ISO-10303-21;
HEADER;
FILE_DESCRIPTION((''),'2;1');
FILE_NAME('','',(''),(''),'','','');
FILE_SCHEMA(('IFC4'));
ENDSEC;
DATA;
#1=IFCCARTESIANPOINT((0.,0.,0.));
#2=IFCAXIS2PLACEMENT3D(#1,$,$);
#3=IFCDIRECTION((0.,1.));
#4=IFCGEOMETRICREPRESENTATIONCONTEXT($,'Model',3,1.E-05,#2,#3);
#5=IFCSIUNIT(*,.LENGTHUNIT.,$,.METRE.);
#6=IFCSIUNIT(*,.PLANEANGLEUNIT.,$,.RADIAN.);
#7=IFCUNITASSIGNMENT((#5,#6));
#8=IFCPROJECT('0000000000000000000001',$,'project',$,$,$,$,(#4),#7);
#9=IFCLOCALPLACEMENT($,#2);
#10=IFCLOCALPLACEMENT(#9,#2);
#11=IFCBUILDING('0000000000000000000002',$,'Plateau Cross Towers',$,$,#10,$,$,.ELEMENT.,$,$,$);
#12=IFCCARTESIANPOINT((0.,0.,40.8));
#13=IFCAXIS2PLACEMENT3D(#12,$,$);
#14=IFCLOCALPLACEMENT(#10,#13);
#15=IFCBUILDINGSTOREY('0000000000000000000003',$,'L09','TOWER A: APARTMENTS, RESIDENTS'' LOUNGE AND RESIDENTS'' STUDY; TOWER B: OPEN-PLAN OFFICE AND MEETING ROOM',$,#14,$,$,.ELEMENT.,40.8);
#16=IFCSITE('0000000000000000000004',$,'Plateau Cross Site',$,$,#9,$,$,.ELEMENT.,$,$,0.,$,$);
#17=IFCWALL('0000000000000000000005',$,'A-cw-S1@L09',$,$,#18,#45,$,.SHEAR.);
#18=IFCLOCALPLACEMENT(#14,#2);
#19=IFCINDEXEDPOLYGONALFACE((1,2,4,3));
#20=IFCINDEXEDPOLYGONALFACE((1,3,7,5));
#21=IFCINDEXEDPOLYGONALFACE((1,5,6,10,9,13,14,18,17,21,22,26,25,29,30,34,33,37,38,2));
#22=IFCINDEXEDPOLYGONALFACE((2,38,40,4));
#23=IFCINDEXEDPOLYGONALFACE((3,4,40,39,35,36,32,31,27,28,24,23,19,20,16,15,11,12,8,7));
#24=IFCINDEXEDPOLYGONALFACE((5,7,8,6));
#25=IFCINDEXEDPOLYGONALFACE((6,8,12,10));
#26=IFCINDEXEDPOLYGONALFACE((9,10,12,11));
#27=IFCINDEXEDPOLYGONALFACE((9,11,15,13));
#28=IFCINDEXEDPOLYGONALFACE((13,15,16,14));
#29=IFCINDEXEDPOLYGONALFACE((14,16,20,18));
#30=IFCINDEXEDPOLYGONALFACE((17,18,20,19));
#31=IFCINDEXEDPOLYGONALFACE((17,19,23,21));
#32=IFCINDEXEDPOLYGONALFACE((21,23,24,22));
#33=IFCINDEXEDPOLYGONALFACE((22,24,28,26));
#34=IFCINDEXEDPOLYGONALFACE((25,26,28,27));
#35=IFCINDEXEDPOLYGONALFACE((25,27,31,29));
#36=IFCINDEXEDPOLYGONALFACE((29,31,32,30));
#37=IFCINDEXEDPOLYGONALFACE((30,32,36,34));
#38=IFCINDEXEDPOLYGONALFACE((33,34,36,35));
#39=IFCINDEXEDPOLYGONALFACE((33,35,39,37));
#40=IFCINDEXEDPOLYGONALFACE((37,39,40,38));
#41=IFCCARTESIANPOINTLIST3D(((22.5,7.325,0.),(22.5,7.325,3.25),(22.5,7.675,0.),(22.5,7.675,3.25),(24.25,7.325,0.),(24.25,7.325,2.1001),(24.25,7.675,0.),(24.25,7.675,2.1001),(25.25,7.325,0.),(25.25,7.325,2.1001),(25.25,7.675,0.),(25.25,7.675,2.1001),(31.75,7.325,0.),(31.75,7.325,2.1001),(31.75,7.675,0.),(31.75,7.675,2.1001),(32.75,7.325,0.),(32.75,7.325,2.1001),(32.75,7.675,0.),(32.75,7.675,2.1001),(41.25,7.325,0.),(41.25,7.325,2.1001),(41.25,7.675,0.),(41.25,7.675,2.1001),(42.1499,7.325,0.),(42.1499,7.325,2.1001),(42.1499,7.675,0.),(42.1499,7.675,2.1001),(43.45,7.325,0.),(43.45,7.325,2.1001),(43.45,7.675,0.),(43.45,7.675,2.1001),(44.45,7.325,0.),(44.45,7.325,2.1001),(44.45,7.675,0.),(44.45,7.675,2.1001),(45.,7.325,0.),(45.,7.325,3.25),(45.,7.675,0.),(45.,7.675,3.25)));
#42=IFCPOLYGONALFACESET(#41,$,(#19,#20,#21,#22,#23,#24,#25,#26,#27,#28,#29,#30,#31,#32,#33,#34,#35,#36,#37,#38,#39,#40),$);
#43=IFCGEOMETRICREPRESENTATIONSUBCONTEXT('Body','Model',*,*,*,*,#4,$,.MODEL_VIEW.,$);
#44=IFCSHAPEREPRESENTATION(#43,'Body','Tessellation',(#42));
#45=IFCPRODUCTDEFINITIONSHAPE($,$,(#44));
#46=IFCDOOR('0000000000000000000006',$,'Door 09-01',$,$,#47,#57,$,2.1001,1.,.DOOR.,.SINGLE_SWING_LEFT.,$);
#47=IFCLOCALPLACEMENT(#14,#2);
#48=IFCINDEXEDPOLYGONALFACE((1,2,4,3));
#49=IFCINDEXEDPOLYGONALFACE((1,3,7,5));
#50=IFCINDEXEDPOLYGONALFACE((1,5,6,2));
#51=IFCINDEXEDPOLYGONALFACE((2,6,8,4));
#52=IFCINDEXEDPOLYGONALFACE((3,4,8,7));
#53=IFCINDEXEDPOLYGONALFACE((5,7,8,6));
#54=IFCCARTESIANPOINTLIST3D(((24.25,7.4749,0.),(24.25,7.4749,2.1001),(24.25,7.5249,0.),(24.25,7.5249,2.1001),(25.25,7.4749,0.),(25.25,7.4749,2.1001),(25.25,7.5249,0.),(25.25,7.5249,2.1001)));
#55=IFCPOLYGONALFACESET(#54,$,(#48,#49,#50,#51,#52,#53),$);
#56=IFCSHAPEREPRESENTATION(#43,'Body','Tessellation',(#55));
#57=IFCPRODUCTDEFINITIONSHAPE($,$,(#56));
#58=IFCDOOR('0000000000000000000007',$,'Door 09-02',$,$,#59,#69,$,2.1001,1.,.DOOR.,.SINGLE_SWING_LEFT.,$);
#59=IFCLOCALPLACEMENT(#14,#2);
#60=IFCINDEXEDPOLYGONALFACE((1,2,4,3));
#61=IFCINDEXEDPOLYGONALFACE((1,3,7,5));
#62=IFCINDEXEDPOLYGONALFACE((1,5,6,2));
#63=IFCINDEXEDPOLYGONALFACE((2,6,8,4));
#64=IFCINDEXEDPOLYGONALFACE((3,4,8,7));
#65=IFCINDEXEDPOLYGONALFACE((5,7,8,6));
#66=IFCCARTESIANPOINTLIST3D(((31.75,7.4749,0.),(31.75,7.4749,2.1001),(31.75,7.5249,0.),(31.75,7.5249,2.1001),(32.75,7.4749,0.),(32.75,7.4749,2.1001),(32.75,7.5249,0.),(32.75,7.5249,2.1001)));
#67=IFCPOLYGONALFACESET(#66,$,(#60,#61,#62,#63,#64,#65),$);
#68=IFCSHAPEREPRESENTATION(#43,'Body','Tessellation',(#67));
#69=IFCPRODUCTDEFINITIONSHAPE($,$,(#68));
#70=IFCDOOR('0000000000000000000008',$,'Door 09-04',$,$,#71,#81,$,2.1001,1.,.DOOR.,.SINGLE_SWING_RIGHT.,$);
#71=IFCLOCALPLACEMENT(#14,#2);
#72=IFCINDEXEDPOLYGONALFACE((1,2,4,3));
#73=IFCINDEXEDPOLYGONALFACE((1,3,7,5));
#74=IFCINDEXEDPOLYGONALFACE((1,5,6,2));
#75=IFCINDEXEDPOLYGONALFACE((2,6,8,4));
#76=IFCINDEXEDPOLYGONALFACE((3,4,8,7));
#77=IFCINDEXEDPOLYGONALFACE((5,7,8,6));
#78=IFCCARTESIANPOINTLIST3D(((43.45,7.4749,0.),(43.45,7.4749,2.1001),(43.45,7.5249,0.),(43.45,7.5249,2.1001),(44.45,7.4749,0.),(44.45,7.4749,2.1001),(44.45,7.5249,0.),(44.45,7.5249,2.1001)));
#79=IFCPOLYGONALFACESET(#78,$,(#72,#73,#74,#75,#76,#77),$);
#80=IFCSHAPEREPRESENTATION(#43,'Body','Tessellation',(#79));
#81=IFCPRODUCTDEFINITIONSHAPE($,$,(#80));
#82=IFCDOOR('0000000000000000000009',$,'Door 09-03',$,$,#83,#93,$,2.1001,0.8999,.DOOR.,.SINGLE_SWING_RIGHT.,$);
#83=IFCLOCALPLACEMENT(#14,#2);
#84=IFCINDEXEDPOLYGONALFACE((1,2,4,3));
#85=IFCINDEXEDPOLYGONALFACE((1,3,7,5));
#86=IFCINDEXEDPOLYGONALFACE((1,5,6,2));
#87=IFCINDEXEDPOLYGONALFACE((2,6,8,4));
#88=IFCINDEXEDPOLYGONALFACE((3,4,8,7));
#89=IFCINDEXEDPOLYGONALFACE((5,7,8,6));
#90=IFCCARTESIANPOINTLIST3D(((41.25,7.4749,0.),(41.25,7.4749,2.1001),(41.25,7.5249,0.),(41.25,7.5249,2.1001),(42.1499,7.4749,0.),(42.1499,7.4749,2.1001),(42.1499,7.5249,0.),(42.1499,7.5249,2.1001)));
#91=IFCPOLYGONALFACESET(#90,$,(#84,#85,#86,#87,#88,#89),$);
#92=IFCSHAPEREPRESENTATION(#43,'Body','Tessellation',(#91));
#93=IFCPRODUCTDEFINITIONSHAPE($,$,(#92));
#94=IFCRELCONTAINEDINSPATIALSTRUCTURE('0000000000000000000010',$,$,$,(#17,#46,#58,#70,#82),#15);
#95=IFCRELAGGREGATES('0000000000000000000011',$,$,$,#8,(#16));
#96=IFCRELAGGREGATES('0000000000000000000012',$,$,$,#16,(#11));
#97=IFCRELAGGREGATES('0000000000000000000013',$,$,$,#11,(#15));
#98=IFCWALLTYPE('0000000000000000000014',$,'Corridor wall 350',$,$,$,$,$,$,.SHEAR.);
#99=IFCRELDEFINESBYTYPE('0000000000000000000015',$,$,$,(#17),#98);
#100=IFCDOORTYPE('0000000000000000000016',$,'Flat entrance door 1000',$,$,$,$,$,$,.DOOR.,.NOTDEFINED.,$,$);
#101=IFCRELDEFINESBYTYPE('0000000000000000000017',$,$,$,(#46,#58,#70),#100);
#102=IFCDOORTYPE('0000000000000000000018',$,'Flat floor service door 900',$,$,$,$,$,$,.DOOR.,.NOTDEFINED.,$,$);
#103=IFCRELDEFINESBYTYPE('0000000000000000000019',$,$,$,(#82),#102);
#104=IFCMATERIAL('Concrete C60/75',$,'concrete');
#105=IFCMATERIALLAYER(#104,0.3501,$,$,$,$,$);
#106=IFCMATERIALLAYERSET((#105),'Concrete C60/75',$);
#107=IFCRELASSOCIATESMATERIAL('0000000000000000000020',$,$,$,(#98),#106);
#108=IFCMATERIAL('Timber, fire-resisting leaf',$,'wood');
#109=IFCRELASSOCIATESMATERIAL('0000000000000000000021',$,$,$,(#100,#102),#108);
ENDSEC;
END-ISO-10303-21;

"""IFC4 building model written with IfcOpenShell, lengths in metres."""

from ifc_helpers import new_model, si_unit, direction, frame, frame_2d, origin, place, context, subcontext, project, spatial, rectangle, extrude, material, layer, layer_set, type_object, element, fill, save


model = new_model("IFC4")

# Units and contexts
model_context = context("Model", 3, precision=1e-05, world=origin(), true_north=direction((0.0, 1.0)))
body_context = subcontext(model_context, "Body", "Model", "MODEL_VIEW")
ifc_project = project(units=[si_unit("LENGTHUNIT", "METRE"), si_unit("PLANEANGLEUNIT", "RADIAN")], contexts=[model_context])

# Site, building, storey
site_placement = place(None, origin())
site = spatial("IfcSite", under=ifc_project, at=site_placement, Name="Plateau Cross Site", CompositionType="ELEMENT", RefElevation=0.0)
building_placement = place(site_placement, origin())
building = spatial("IfcBuilding", under=site, at=building_placement, Name="Plateau Cross Towers", CompositionType="ELEMENT")
storey_placement = place(building_placement, frame((0.0, 0.0, 40.8)))
storey = spatial("IfcBuildingStorey", under=building, at=storey_placement, Name="L09", Description="TOWER A: APARTMENTS, RESIDENTS' LOUNGE AND RESIDENTS' STUDY; TOWER B: OPEN-PLAN OFFICE AND MEETING ROOM", CompositionType="ELEMENT", Elevation=40.8)

# Shared definitions
ifc_material_1 = material(Name="Timber, fire-resisting leaf", Category="wood")

# Shared definitions
ifc_material_2 = material(Name="Concrete C60/75", Category="concrete")

# Wall, openings, doors
ifc_layer_1 = layer(ifc_material_2, 0.3501)
ifc_layer_set_1 = layer_set([ifc_layer_1], Name="Concrete C60/75")
wall_type_1 = type_object("IfcWallType", Name="Corridor wall 350", PredefinedType="SHEAR", material=ifc_layer_set_1)
wall_1_placement = place(storey_placement, frame((22.5, 7.5, 0.0), z_axis=(0.0, 0.0, 1.0), x_axis=(1.0, 0.0, 0.0)))
wall_1 = element("IfcWall", 1, at=wall_1_placement, inside=storey, type_object=wall_type_1, Name="A-cw-S1@L09", PredefinedType="SHEAR", context=body_context, shape_type="SweptSolid", body=[
    extrude(rectangle(XDim=22.5, YDim=0.3501, at=frame_2d((11.25, 0.0))), origin(), (0.0, 0.0, 1.0), 3.25),
])
opening_1_placement = place(wall_1_placement, frame((1.75, 0.0, 0.0)))
opening_1 = element("IfcOpeningElement", 2, at=opening_1_placement, cuts=wall_1, PredefinedType="OPENING", context=body_context, shape_type="SweptSolid", body=[
    extrude(rectangle(XDim=1.0, YDim=2.1001, at=frame_2d((0.5, 1.05))), frame((0.0, 0.1851, 0.0), z_axis=(0.0, -1.0, 0.0), x_axis=(1.0, 0.0, 0.0)), (0.0, 0.0, 1.0), 0.3701),
])
opening_2_placement = place(wall_1_placement, frame((9.25, 0.0, 0.0)))
opening_2 = element("IfcOpeningElement", 3, at=opening_2_placement, cuts=wall_1, PredefinedType="OPENING", context=body_context, shape_type="SweptSolid", body=[
    extrude(rectangle(XDim=1.0, YDim=2.1001, at=frame_2d((0.5, 1.05))), frame((0.0, 0.1851, 0.0), z_axis=(0.0, -1.0, 0.0), x_axis=(1.0, 0.0, 0.0)), (0.0, 0.0, 1.0), 0.3701),
])
opening_3_placement = place(wall_1_placement, frame((18.75, 0.0, 0.0)))
opening_3 = element("IfcOpeningElement", 4, at=opening_3_placement, cuts=wall_1, PredefinedType="OPENING", context=body_context, shape_type="SweptSolid", body=[
    extrude(rectangle(XDim=0.8999, YDim=2.1001, at=frame_2d((0.45, 1.05))), frame((0.0, 0.1851, 0.0), z_axis=(0.0, -1.0, 0.0), x_axis=(1.0, 0.0, 0.0)), (0.0, 0.0, 1.0), 0.3701),
])
opening_4_placement = place(wall_1_placement, frame((20.95, 0.0, 0.0)))
opening_4 = element("IfcOpeningElement", 5, at=opening_4_placement, cuts=wall_1, PredefinedType="OPENING", context=body_context, shape_type="SweptSolid", body=[
    extrude(rectangle(XDim=1.0, YDim=2.1001, at=frame_2d((0.5, 1.05))), frame((0.0, 0.1851, 0.0), z_axis=(0.0, -1.0, 0.0), x_axis=(1.0, 0.0, 0.0)), (0.0, 0.0, 1.0), 0.3701),
])
door_type_1 = type_object("IfcDoorType", Name="Flat entrance door 1000", OperationType="NOTDEFINED", PredefinedType="DOOR", material=ifc_material_1)
door_1_placement = place(opening_1_placement, origin())
door_1 = element("IfcDoor", 6, at=door_1_placement, inside=storey, type_object=door_type_1, Name="Door 09-01", OperationType="SINGLE_SWING_LEFT", OverallHeight=2.1001, OverallWidth=1.0, PredefinedType="DOOR", context=body_context, shape_type="SweptSolid", body=[
    extrude(rectangle(XDim=1.0, YDim=2.1001, at=frame_2d((0.5, 1.05))), frame((0.0, 0.0249, 0.0), z_axis=(0.0, -1.0, 0.0), x_axis=(1.0, 0.0, 0.0)), (0.0, 0.0, 1.0), 0.05),
])
fill(opening_1, door_1)
door_2_placement = place(opening_2_placement, origin())
door_2 = element("IfcDoor", 7, at=door_2_placement, inside=storey, type_object=door_type_1, Name="Door 09-02", OperationType="SINGLE_SWING_LEFT", OverallHeight=2.1001, OverallWidth=1.0, PredefinedType="DOOR", context=body_context, shape_type="SweptSolid", body=[
    extrude(rectangle(XDim=1.0, YDim=2.1001, at=frame_2d((0.5, 1.05))), frame((0.0, 0.0249, 0.0), z_axis=(0.0, -1.0, 0.0), x_axis=(1.0, 0.0, 0.0)), (0.0, 0.0, 1.0), 0.05),
])
fill(opening_2, door_2)
door_3_placement = place(opening_4_placement, origin())
door_3 = element("IfcDoor", 8, at=door_3_placement, inside=storey, type_object=door_type_1, Name="Door 09-04", OperationType="SINGLE_SWING_RIGHT", OverallHeight=2.1001, OverallWidth=1.0, PredefinedType="DOOR", context=body_context, shape_type="SweptSolid", body=[
    extrude(rectangle(XDim=1.0, YDim=2.1001, at=frame_2d((0.5, 1.05))), frame((0.0, 0.0249, 0.0), z_axis=(0.0, -1.0, 0.0), x_axis=(1.0, 0.0, 0.0)), (0.0, 0.0, 1.0), 0.05),
])
fill(opening_4, door_3)
door_type_2 = type_object("IfcDoorType", Name="Flat floor service door 900", OperationType="NOTDEFINED", PredefinedType="DOOR", material=ifc_material_1)
door_4_placement = place(opening_3_placement, origin())
door_4 = element("IfcDoor", 9, at=door_4_placement, inside=storey, type_object=door_type_2, Name="Door 09-03", OperationType="SINGLE_SWING_RIGHT", OverallHeight=2.1001, OverallWidth=0.8999, PredefinedType="DOOR", context=body_context, shape_type="SweptSolid", body=[
    extrude(rectangle(XDim=0.8999, YDim=2.1001, at=frame_2d((0.45, 1.05))), frame((0.0, 0.0249, 0.0), z_axis=(0.0, -1.0, 0.0), x_axis=(1.0, 0.0, 0.0)), (0.0, 0.0, 1.0), 0.05),
])
fill(opening_3, door_4)

save(model, "model.ifc")
